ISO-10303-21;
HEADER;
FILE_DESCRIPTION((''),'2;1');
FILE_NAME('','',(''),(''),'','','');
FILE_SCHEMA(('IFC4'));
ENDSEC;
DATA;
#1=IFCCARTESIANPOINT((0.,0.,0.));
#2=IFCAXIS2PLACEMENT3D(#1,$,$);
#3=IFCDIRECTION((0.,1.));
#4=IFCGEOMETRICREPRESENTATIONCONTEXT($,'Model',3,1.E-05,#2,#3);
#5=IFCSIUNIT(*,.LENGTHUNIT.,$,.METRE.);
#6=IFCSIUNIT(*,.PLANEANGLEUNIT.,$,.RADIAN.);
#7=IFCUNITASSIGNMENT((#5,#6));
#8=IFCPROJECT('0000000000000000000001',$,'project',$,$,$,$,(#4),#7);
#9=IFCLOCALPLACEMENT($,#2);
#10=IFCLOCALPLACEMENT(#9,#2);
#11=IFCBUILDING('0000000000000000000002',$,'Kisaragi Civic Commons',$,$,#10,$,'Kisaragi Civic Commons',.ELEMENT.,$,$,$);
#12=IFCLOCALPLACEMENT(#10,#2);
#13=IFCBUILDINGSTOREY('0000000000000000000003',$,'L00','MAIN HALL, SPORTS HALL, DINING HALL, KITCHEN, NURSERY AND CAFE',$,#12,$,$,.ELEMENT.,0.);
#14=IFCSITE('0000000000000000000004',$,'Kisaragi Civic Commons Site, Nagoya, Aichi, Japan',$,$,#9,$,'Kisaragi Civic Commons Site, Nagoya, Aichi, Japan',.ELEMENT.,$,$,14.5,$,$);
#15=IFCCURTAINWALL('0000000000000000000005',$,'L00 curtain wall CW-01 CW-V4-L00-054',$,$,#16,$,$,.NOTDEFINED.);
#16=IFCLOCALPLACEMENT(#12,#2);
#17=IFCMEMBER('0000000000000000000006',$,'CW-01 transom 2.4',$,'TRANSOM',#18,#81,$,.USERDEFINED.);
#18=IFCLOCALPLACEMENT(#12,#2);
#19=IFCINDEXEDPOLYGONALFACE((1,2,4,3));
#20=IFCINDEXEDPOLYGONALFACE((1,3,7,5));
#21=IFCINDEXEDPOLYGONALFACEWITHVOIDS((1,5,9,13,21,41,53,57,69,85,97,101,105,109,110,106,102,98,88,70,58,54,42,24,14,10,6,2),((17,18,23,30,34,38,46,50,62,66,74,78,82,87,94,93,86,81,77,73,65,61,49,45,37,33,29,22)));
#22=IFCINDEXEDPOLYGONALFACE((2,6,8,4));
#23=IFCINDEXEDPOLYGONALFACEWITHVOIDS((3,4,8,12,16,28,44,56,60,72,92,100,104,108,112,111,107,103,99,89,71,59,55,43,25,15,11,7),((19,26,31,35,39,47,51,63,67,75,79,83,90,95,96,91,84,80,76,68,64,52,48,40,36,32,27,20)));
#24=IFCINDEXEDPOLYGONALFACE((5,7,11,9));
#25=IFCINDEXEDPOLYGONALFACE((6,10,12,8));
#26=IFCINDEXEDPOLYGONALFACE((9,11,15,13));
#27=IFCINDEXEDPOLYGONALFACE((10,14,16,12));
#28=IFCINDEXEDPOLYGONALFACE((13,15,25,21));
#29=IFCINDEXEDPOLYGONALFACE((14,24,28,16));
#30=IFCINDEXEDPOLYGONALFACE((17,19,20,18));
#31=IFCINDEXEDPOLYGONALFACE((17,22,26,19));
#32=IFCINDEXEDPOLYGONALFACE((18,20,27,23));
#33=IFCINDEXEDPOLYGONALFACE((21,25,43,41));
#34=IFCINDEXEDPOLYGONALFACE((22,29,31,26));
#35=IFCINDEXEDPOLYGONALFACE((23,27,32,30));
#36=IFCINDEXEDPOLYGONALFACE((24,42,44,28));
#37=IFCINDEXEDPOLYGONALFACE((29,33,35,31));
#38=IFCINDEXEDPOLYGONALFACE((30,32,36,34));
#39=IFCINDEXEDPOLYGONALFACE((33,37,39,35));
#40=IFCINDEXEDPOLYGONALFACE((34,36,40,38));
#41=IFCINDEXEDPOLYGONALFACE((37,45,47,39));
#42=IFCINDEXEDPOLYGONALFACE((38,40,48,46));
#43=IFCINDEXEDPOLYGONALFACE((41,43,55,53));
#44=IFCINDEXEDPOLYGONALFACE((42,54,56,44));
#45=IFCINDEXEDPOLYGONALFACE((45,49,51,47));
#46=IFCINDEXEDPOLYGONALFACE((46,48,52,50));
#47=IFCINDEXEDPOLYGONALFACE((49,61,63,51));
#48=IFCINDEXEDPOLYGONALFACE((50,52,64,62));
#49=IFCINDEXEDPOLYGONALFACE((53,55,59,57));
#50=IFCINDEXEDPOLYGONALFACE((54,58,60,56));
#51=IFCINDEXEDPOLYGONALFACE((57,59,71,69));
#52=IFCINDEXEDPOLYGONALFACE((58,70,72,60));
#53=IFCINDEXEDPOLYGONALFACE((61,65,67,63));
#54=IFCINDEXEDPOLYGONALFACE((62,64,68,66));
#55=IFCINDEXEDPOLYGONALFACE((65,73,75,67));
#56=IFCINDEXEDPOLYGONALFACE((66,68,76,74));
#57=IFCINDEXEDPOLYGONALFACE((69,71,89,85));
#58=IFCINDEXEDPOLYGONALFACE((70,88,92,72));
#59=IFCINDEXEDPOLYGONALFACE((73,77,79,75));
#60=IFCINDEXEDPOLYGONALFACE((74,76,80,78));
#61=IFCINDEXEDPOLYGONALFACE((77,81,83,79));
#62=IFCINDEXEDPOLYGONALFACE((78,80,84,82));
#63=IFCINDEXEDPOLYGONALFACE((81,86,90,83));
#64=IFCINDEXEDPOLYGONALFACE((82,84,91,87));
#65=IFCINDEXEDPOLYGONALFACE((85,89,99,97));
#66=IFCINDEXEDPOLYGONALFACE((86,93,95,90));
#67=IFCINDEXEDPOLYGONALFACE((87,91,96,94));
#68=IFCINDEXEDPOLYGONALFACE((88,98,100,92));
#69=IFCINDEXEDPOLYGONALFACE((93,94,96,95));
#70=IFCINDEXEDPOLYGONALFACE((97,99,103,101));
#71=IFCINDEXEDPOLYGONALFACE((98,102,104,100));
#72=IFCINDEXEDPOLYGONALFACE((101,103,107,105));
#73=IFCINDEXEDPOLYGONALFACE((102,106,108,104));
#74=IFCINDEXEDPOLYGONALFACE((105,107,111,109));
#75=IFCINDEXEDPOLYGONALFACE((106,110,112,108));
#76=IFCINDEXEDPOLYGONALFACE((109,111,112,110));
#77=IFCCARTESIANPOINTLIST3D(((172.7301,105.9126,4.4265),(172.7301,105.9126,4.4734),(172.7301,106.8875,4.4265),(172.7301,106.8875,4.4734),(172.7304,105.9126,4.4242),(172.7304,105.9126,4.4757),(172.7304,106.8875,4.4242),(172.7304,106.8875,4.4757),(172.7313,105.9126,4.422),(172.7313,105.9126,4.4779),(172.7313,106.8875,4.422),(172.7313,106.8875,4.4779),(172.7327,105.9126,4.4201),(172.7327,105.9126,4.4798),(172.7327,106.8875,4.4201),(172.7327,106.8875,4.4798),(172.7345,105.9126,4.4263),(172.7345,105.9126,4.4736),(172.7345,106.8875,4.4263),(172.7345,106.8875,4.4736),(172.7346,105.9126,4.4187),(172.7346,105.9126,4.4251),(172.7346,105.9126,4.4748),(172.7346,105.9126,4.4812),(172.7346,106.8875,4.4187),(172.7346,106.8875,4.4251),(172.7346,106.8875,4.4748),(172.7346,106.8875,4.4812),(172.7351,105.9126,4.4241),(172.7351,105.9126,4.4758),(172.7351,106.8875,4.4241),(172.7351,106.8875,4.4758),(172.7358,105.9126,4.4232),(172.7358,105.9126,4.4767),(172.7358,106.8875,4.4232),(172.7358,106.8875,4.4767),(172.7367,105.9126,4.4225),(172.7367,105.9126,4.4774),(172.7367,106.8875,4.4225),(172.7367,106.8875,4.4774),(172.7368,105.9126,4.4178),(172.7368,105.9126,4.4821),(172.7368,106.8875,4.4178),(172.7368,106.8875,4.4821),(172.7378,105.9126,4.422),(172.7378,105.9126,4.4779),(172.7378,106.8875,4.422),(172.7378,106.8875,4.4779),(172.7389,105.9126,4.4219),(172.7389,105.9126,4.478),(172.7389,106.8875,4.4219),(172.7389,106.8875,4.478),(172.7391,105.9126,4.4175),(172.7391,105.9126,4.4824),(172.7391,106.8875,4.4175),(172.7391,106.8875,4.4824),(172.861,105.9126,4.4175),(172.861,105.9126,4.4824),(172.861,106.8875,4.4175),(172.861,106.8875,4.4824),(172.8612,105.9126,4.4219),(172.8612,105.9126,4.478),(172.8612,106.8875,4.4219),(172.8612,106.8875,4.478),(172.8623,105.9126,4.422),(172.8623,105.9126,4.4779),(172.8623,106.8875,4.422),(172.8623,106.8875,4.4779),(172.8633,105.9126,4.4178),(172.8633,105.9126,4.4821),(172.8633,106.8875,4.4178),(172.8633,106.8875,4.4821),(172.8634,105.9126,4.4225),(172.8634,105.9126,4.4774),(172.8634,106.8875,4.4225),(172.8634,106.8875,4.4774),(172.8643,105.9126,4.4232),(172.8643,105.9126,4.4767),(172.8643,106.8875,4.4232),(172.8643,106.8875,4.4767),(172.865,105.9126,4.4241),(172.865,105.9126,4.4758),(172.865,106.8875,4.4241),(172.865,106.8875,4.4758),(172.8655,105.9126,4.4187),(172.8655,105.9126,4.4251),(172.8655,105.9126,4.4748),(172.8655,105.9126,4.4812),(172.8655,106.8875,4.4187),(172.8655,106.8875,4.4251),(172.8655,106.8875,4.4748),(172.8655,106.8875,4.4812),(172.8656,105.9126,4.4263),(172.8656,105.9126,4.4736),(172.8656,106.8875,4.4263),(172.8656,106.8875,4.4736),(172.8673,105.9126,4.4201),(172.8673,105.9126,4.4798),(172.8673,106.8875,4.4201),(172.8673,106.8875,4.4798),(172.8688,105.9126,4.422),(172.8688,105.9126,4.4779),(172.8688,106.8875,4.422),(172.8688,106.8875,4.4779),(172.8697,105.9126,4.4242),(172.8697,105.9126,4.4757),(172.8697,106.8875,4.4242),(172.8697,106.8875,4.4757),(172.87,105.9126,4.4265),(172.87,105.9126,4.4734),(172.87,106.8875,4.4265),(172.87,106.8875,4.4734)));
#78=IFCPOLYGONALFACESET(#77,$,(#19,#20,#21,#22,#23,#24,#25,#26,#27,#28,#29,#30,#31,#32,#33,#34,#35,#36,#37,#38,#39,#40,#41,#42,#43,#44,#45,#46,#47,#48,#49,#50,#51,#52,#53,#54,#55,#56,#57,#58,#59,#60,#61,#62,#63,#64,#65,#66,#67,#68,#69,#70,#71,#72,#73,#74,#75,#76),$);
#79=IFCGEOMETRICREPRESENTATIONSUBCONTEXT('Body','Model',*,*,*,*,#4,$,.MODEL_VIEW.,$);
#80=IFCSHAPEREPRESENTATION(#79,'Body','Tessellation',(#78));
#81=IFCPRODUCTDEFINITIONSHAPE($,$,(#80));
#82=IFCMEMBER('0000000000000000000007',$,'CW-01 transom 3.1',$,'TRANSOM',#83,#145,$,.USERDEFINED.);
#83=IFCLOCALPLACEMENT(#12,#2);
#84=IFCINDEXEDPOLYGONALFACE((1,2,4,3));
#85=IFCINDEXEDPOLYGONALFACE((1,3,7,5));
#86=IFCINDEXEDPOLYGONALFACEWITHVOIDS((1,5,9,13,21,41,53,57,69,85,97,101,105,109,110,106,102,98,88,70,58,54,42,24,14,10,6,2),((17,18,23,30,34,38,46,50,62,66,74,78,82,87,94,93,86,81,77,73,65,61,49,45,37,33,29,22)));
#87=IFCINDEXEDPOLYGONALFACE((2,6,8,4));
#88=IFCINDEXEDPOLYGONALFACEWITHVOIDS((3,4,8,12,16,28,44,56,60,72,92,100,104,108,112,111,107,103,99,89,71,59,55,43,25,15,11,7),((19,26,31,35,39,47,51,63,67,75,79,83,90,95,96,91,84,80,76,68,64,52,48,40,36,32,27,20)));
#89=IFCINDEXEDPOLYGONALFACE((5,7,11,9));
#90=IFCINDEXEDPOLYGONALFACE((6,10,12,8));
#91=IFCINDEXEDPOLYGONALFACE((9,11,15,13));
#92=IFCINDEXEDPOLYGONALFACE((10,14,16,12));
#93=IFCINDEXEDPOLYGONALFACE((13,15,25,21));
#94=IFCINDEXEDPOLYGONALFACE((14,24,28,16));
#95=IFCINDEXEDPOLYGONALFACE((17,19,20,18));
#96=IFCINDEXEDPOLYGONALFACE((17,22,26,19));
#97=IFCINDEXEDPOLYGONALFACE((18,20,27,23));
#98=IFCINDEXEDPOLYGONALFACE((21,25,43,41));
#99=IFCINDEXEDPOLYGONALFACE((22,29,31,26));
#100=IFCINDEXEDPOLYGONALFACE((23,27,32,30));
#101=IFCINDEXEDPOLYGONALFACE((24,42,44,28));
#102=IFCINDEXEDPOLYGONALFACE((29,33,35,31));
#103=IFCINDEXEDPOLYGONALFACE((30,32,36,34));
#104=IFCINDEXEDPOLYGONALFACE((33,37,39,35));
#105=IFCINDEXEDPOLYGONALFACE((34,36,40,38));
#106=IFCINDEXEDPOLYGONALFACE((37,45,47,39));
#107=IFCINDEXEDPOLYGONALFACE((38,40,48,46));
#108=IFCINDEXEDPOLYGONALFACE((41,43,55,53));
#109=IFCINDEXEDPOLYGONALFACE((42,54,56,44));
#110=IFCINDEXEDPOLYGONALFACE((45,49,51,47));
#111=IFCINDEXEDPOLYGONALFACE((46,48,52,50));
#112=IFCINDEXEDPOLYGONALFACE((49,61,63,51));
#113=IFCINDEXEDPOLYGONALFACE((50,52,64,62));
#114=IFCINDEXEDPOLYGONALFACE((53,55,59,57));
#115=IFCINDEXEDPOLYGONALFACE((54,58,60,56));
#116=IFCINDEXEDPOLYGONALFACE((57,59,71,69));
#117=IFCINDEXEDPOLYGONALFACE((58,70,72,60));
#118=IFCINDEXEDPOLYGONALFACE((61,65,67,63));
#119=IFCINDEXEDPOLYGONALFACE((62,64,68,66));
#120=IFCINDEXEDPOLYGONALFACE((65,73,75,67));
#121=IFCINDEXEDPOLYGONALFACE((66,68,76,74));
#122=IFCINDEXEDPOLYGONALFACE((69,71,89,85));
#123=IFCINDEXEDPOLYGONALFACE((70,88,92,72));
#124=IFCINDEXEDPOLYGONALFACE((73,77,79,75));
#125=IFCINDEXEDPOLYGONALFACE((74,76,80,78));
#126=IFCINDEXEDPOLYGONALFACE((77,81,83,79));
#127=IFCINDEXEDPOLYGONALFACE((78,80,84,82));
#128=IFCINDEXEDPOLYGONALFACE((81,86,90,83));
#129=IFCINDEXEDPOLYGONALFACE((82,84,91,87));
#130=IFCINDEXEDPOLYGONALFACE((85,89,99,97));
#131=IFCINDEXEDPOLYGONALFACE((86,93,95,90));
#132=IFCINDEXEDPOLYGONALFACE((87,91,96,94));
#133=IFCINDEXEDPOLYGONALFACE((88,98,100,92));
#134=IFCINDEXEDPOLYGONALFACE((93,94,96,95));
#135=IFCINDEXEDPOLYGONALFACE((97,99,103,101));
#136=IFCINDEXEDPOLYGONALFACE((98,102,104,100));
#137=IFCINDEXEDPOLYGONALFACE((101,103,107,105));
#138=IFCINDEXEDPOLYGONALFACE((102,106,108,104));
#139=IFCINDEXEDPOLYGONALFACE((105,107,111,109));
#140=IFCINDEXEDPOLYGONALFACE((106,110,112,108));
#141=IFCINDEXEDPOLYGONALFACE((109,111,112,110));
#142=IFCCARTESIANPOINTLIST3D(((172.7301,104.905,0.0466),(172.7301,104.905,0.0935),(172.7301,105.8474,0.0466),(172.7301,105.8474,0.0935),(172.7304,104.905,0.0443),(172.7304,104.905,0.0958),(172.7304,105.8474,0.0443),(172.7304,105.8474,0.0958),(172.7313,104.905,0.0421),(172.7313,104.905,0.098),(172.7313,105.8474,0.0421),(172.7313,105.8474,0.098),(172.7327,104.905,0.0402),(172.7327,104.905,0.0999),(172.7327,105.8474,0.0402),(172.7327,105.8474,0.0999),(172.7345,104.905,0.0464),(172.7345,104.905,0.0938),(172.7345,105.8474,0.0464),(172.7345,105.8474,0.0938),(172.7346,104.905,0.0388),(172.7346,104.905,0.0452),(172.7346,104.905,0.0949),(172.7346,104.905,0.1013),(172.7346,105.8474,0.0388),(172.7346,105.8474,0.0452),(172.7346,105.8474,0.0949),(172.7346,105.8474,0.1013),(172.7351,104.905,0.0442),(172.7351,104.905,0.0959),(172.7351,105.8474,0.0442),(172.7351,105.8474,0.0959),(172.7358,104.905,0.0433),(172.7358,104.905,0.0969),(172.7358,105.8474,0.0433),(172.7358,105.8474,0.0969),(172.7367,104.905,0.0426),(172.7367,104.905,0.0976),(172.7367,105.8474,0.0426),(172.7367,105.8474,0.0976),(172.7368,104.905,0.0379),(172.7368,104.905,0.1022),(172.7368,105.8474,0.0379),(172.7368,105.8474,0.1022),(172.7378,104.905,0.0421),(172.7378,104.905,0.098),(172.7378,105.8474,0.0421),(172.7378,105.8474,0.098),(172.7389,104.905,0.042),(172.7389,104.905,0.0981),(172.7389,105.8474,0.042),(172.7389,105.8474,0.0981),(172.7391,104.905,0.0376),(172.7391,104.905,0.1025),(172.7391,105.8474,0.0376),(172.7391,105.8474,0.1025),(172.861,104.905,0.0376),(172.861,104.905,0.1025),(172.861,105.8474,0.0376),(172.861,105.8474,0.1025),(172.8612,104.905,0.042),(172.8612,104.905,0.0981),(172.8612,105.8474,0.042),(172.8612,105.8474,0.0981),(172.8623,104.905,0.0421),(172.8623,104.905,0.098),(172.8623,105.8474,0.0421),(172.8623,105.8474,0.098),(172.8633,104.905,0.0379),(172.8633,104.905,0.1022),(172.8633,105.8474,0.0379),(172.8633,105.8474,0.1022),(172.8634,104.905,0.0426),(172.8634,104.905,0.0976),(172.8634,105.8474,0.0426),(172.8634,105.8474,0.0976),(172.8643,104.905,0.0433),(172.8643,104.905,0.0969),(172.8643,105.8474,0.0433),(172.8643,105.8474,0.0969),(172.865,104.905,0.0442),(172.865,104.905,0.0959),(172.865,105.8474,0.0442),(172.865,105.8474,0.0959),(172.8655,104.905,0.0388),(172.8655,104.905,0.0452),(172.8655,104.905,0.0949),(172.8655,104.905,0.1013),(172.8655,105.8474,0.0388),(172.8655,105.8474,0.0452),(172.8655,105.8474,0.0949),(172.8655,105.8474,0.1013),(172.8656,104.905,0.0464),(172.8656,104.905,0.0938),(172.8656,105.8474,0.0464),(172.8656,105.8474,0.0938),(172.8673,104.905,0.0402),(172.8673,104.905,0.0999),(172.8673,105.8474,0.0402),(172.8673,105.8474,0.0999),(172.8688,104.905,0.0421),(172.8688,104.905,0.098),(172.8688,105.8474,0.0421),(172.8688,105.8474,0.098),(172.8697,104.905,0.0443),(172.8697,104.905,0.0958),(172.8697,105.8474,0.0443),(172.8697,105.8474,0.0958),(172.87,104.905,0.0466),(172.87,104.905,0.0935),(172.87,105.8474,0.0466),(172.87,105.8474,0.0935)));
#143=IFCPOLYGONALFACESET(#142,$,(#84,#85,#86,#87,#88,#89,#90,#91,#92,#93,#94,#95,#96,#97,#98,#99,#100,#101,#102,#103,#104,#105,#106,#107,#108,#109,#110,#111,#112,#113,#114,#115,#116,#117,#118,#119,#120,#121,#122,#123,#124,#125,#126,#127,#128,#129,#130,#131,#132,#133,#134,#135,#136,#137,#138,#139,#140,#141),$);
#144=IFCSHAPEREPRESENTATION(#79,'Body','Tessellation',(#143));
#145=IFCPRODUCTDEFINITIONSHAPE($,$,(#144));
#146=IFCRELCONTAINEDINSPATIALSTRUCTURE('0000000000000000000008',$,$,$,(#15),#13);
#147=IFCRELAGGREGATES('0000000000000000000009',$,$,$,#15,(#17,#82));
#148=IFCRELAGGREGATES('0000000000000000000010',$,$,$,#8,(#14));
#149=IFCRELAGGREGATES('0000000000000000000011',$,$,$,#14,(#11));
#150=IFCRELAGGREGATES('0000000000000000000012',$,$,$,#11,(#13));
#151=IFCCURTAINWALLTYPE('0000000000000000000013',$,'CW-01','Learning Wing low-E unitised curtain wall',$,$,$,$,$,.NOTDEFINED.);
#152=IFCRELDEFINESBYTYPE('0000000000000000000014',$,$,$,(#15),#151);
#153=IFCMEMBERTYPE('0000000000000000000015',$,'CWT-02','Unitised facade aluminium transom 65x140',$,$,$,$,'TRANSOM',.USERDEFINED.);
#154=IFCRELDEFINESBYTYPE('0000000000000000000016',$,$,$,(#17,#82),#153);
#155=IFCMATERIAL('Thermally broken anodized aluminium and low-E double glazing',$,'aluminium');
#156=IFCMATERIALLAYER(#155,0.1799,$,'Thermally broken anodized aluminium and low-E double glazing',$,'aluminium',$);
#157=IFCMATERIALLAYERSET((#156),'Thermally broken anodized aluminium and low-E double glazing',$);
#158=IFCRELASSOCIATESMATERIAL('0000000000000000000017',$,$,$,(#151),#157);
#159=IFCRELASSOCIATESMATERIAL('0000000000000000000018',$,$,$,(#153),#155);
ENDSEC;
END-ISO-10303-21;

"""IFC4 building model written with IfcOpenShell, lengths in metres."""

from ifc_helpers import new_model, si_unit, direction, frame, origin, origin_2d, place, context, subcontext, project, spatial, hollow_rectangle, extrude, material, layer, layer_set, material_profile, profile_set, type_object, element, aggregate, save


model = new_model("IFC4")

# Units and contexts
model_context = context("Model", 3, precision=1e-05, world=origin(), true_north=direction((0.0, 1.0)))
body_context = subcontext(model_context, "Body", "Model", "MODEL_VIEW")
ifc_project = project(units=[si_unit("LENGTHUNIT", "METRE"), si_unit("PLANEANGLEUNIT", "RADIAN")], contexts=[model_context])

# Site, building, storey
site_placement = place(None, origin())
site = spatial("IfcSite", under=ifc_project, at=site_placement, Name="Kisaragi Civic Commons Site, Nagoya, Aichi, Japan", LongName="Kisaragi Civic Commons Site, Nagoya, Aichi, Japan", CompositionType="ELEMENT", RefElevation=14.5)
building_placement = place(site_placement, origin())
building = spatial("IfcBuilding", under=site, at=building_placement, Name="Kisaragi Civic Commons", LongName="Kisaragi Civic Commons", CompositionType="ELEMENT")
storey_placement = place(building_placement, origin())
storey = spatial("IfcBuildingStorey", under=building, at=storey_placement, Name="L00", Description="MAIN HALL, SPORTS HALL, DINING HALL, KITCHEN, NURSERY AND CAFE", CompositionType="ELEMENT", Elevation=0.0)

# Shared definitions
ifc_material_1 = material(Name="Thermally broken anodized aluminium and low-E double glazing", Category="aluminium")
ifc_layer_1 = layer(ifc_material_1, 0.1799, Name="Thermally broken anodized aluminium and low-E double glazing", Category="aluminium")
ifc_layer_set_1 = layer_set([ifc_layer_1], Name="Thermally broken anodized aluminium and low-E double glazing")
curtain_wall_type = type_object("IfcCurtainWallType", Name="CW-01", Description="Learning Wing low-E unitised curtain wall", PredefinedType="NOTDEFINED", material=ifc_layer_set_1)

# Curtain wall, members
curtain_wall_1_placement = place(storey_placement, origin())
curtain_wall_1 = element("IfcCurtainWall", 1, at=curtain_wall_1_placement, inside=storey, type_object=curtain_wall_type, Name="L00 curtain wall CW-01 CW-V4-L00-054", PredefinedType="NOTDEFINED")
ifc_material_profile_1 = material_profile(ifc_material_1, hollow_rectangle(XDim=0.1399, YDim=0.0649, WallThickness=0.0044, InnerFilletRadius=0.0044, OuterFilletRadius=0.009, at=origin_2d()), Name="CWT-65x140x4.5", Category="aluminium")
ifc_profile_set_1 = profile_set([ifc_material_profile_1], Name="Thermally broken anodized aluminium and low-E double glazing")
member_type_1 = type_object("IfcMemberType", Name="CWT-02", Description="Unitised facade aluminium transom 65x140", ElementType="TRANSOM", PredefinedType="USERDEFINED", material=ifc_profile_set_1)
member_1_placement = place(storey_placement, frame((172.8, 106.8875, 4.45), z_axis=(0.0, -1.0, 0.0), x_axis=(1.0, 0.0, 0.0)))
member_1 = element("IfcMember", 2, at=member_1_placement, type_object=member_type_1, Name="CW-01 transom 2.4", ObjectType="TRANSOM", PredefinedType="USERDEFINED", context=body_context, shape_type="SweptSolid", body=[
    extrude(hollow_rectangle(XDim=0.1399, YDim=0.0649, WallThickness=0.0044, InnerFilletRadius=0.0044, OuterFilletRadius=0.009, at=origin_2d()), origin(), (0.0, 0.0, 1.0), 0.9749),
])
member_2_placement = place(storey_placement, frame((172.8, 105.8474, 0.0701), z_axis=(0.0, -1.0, 0.0), x_axis=(1.0, 0.0, 0.0)))
member_2 = element("IfcMember", 3, at=member_2_placement, type_object=member_type_1, Name="CW-01 transom 3.1", ObjectType="TRANSOM", PredefinedType="USERDEFINED", context=body_context, shape_type="SweptSolid", body=[
    extrude(hollow_rectangle(XDim=0.1399, YDim=0.0649, WallThickness=0.0044, InnerFilletRadius=0.0044, OuterFilletRadius=0.009, at=origin_2d()), origin(), (0.0, 0.0, 1.0), 0.9424),
])

aggregate(curtain_wall_1, [member_1, member_2])

save(model, "model.ifc")
